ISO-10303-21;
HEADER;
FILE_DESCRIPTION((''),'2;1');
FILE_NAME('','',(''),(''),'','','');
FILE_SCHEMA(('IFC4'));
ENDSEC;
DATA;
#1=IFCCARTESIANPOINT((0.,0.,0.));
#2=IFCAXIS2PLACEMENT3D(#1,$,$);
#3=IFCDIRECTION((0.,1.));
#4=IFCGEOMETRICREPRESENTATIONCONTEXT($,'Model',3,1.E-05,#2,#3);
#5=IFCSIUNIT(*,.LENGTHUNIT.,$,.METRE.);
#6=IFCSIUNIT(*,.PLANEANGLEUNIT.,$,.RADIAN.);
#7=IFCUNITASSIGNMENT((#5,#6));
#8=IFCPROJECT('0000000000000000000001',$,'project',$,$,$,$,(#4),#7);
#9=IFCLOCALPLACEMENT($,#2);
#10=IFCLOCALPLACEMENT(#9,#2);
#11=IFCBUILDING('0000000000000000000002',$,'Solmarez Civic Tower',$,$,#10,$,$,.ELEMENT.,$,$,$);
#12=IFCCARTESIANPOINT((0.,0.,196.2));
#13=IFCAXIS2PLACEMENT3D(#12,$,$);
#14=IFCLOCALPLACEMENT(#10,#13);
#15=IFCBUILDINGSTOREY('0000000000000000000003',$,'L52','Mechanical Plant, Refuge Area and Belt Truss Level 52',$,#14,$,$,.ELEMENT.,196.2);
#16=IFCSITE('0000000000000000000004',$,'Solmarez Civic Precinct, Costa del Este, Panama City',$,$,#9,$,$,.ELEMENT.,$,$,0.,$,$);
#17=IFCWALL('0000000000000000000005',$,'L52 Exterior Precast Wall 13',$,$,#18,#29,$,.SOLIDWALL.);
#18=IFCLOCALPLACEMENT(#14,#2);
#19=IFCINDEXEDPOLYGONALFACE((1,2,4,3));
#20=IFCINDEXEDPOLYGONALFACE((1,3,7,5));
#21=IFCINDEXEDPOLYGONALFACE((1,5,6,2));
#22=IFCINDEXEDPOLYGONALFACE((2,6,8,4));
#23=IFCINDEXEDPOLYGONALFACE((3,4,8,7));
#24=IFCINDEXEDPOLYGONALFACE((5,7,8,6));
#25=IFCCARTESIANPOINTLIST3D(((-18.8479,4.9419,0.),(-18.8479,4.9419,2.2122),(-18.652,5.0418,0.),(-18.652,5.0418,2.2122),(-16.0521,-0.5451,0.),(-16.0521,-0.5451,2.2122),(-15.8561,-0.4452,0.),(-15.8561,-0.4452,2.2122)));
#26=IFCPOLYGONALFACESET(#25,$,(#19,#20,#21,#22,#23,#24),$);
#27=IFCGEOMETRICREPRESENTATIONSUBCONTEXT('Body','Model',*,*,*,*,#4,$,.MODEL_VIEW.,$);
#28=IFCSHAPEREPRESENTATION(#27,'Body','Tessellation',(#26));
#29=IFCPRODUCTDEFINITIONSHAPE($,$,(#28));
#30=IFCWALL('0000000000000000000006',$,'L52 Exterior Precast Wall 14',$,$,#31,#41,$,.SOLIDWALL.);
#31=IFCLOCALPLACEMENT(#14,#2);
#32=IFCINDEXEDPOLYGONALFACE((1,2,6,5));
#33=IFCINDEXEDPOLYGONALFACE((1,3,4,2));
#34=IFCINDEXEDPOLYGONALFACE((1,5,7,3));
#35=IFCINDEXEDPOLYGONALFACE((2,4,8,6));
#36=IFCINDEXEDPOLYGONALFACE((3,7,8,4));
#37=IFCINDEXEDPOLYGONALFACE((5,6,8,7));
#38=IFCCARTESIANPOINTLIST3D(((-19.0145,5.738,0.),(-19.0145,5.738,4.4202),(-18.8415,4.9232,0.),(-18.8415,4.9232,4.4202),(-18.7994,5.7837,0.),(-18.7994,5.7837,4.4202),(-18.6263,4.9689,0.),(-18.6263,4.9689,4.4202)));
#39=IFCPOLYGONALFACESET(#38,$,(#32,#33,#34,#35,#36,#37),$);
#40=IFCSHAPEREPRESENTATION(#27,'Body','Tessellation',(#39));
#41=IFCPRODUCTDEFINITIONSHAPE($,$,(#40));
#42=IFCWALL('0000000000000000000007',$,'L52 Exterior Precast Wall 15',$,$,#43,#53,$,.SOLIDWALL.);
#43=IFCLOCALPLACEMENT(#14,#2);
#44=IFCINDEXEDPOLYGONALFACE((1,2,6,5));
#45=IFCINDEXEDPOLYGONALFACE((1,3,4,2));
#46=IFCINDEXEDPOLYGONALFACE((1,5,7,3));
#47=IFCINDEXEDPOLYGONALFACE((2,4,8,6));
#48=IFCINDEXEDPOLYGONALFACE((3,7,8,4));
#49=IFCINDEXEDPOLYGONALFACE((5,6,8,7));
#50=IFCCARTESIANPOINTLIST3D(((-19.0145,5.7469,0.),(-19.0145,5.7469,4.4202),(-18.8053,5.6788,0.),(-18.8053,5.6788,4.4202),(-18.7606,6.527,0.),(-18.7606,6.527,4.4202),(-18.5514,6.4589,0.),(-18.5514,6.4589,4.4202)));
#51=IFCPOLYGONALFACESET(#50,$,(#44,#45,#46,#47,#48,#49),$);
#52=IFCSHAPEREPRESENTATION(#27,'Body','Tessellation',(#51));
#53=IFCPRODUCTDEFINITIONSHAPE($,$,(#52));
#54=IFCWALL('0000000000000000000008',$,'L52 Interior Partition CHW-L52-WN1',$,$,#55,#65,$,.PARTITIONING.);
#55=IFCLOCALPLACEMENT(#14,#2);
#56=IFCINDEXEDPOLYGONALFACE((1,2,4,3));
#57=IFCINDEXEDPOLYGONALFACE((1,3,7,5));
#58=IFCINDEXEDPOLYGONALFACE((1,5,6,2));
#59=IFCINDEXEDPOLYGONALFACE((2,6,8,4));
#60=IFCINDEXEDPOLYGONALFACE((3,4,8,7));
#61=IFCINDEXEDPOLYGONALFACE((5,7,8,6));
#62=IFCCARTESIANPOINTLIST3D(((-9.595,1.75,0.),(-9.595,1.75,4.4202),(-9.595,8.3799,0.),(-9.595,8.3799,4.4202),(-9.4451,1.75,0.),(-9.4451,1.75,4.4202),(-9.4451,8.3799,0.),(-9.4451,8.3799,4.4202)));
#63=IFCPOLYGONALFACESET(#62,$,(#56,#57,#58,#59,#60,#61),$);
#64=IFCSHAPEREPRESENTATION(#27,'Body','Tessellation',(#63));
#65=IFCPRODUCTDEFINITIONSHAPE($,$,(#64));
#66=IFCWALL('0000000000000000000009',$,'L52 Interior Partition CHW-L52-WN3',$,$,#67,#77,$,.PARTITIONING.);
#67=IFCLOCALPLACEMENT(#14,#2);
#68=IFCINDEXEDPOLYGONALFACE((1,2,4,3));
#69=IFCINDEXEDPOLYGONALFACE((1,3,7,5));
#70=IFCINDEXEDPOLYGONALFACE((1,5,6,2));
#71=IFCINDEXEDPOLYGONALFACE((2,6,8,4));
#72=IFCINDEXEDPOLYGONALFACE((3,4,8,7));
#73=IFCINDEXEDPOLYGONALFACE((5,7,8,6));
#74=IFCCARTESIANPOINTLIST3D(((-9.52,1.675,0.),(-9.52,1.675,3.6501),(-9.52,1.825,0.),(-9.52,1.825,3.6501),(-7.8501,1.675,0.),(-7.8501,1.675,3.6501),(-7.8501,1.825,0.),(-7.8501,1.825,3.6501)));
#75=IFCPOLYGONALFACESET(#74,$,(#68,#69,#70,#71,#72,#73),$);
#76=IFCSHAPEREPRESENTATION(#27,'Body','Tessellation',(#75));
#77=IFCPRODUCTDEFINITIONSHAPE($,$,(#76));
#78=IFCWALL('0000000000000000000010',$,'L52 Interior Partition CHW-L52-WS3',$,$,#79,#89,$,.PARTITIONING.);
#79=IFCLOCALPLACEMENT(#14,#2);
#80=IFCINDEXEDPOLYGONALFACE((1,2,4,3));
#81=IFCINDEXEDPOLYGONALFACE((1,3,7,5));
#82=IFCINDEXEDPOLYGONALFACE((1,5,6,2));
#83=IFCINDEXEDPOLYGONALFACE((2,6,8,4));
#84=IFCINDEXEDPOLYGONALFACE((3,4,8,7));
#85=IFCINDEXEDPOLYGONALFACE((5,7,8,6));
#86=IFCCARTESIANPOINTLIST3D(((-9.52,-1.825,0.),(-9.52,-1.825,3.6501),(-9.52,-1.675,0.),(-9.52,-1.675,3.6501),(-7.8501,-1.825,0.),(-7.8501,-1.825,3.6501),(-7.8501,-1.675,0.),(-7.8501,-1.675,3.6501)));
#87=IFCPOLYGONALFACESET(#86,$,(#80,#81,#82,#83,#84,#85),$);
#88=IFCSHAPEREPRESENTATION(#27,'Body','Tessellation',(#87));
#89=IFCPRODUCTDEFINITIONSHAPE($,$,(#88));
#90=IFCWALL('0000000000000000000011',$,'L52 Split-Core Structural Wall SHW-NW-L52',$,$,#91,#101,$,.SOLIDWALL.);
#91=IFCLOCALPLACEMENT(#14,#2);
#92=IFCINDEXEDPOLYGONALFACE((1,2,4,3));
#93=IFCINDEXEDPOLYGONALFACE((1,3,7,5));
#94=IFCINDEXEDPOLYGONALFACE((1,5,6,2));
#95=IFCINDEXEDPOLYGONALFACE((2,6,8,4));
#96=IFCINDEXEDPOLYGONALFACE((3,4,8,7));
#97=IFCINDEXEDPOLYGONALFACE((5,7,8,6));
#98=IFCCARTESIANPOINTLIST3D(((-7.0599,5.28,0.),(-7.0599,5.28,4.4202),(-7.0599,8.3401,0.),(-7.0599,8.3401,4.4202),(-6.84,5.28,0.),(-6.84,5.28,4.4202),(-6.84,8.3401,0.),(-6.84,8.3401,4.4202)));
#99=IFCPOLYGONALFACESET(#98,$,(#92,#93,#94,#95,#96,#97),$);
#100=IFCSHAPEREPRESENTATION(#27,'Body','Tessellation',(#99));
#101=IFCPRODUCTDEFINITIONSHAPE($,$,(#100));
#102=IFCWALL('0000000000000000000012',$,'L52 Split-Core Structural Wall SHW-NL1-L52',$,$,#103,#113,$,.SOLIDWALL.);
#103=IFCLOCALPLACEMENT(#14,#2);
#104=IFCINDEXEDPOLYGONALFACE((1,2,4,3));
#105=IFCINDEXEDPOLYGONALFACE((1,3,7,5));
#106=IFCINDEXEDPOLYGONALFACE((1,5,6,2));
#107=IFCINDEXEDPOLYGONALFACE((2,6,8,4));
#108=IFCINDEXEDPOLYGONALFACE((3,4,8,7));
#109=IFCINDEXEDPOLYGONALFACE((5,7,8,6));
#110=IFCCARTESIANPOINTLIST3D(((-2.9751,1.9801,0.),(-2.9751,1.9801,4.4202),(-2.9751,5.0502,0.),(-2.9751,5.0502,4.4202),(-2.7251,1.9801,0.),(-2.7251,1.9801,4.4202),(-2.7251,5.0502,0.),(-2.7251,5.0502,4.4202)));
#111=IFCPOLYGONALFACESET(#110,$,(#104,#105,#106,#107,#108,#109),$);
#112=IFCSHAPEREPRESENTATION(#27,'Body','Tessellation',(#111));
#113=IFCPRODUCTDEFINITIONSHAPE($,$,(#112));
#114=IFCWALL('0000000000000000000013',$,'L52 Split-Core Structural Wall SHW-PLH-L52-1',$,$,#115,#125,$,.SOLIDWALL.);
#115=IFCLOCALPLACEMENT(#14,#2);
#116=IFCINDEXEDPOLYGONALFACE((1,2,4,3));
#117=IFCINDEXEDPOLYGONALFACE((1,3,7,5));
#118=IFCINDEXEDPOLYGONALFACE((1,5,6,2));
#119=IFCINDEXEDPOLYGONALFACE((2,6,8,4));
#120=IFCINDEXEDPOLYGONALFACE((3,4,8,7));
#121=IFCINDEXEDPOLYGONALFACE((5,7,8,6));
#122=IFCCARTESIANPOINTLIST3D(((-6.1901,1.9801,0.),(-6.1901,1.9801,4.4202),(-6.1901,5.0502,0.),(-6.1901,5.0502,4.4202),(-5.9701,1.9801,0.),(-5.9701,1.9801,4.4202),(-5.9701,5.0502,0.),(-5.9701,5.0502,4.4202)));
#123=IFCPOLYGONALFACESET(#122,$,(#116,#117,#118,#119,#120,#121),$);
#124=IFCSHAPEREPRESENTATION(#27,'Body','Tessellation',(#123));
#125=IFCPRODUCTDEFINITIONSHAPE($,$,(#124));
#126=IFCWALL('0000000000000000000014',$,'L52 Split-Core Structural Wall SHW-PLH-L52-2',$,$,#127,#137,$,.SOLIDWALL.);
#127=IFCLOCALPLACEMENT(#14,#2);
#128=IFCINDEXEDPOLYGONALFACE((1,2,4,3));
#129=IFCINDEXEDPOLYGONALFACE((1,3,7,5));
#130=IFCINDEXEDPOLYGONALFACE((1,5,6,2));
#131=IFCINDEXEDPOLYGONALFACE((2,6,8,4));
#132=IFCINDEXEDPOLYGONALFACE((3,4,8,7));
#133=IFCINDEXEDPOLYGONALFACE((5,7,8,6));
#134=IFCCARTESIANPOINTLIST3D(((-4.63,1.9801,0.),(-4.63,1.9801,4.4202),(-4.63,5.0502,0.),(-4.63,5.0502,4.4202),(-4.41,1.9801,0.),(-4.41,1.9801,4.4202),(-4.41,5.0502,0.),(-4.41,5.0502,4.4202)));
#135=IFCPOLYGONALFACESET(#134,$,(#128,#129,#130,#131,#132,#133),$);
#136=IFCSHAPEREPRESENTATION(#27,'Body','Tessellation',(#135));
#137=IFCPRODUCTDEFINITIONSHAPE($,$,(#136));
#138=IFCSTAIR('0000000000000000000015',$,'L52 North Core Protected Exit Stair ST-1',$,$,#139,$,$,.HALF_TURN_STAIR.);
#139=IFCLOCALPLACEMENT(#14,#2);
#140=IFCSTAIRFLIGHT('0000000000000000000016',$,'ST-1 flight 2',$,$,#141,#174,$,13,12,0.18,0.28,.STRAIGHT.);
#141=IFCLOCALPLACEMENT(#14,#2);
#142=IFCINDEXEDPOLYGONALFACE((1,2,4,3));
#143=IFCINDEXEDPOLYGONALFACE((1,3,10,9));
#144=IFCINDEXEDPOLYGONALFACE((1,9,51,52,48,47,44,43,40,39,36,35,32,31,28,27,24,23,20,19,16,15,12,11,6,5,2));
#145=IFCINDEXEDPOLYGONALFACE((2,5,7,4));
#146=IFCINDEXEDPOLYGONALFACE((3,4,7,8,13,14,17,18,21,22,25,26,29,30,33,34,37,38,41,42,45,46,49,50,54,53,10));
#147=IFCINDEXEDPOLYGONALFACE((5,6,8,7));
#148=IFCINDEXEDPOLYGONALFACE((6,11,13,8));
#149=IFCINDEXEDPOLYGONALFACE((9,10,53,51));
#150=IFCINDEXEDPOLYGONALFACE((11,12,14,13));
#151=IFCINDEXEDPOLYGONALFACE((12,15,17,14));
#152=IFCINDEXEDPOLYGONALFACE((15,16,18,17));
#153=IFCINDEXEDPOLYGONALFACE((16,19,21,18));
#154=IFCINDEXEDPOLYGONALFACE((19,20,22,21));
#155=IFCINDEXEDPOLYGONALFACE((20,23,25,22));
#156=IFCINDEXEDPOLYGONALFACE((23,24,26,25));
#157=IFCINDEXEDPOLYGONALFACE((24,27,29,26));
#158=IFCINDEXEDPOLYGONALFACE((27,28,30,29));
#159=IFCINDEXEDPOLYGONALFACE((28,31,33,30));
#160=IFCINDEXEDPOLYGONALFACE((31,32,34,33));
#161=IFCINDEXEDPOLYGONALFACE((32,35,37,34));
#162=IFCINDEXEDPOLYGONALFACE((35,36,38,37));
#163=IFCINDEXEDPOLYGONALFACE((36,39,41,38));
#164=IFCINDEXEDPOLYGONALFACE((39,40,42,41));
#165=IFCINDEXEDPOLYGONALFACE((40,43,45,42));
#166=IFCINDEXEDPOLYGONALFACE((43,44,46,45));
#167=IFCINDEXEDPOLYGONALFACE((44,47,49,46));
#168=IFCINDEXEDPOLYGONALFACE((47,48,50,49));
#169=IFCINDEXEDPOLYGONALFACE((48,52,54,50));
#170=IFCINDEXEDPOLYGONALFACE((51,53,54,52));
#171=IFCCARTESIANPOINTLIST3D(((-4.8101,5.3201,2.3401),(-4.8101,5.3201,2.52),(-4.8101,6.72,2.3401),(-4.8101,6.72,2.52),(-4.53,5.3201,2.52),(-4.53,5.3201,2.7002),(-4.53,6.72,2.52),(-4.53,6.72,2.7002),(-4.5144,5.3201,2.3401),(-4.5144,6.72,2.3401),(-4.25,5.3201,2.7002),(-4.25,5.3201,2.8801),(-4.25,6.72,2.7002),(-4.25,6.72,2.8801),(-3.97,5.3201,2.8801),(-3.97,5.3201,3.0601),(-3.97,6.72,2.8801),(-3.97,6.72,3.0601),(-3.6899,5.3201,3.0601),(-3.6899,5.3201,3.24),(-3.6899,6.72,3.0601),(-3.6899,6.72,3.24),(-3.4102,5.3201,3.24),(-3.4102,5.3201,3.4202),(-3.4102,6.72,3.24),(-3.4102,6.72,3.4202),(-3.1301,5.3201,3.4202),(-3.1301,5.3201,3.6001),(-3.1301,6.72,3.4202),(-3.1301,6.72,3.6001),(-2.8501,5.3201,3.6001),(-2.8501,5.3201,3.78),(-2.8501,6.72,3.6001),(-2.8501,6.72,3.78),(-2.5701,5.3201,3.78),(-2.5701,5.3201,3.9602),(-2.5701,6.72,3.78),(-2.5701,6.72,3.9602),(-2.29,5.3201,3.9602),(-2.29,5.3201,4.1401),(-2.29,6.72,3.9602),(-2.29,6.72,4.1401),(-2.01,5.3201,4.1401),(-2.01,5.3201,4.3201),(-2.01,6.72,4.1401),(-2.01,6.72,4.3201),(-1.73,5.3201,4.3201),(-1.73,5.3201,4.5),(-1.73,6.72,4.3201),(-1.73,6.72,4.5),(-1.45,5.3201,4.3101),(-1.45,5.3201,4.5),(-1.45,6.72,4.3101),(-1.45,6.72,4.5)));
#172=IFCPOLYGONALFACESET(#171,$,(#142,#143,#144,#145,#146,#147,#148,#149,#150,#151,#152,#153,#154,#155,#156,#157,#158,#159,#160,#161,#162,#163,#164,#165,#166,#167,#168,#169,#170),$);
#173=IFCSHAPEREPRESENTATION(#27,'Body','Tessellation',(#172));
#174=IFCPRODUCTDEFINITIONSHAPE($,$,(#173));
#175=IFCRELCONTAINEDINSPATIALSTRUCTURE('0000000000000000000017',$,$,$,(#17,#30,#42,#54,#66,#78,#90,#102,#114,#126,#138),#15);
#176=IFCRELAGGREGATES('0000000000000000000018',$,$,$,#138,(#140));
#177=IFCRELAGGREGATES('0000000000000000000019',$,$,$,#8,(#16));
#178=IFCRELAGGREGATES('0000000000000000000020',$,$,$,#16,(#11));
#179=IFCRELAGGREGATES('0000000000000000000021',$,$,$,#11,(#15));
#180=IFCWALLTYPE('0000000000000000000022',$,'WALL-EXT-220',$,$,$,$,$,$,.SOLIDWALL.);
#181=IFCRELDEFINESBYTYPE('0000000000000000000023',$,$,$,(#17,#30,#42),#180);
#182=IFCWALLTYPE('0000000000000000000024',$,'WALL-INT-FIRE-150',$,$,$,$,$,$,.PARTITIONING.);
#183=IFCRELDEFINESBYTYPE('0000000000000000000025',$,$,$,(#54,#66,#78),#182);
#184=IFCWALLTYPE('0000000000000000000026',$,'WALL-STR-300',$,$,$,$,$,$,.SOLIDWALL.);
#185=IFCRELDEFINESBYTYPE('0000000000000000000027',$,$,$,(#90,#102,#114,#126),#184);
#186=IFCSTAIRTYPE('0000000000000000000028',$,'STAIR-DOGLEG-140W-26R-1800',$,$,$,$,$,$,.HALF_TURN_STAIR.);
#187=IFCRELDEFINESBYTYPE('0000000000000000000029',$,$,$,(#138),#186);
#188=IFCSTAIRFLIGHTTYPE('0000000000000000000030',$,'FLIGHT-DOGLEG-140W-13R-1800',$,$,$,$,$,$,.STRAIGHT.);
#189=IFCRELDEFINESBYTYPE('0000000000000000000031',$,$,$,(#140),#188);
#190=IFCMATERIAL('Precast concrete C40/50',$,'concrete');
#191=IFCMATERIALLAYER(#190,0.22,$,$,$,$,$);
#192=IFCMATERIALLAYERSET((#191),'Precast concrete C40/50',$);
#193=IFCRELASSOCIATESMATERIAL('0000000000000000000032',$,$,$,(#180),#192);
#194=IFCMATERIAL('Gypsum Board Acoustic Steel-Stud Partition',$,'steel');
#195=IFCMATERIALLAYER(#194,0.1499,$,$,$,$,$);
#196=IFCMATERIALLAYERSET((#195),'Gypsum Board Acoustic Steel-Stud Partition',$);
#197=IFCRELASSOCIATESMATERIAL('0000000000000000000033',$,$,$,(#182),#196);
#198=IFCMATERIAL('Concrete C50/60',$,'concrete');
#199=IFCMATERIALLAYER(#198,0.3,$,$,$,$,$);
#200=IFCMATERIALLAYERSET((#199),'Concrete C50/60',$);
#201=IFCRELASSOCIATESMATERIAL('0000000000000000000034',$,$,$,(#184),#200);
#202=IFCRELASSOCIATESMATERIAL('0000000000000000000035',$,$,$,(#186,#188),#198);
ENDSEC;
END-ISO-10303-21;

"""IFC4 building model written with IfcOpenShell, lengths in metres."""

from ifc_helpers import new_model, si_unit, direction, frame, frame_2d, origin, place, context, subcontext, project, spatial, polyline, rectangle, outline, extrude, material, layer, layer_set, type_object, element, aggregate, save


model = new_model("IFC4")

# Units and contexts
model_context = context("Model", 3, precision=1e-05, world=origin(), true_north=direction((0.0, 1.0)))
body_context = subcontext(model_context, "Body", "Model", "MODEL_VIEW")
ifc_project = project(units=[si_unit("LENGTHUNIT", "METRE"), si_unit("PLANEANGLEUNIT", "RADIAN")], contexts=[model_context])

# Site, building, storey
site_placement = place(None, origin())
site = spatial("IfcSite", under=ifc_project, at=site_placement, Name="Solmarez Civic Precinct, Costa del Este, Panama City", CompositionType="ELEMENT", RefElevation=0.0)
building_placement = place(site_placement, origin())
building = spatial("IfcBuilding", under=site, at=building_placement, Name="Solmarez Civic Tower", CompositionType="ELEMENT")
storey_placement = place(building_placement, frame((0.0, 0.0, 196.2)))
storey = spatial("IfcBuildingStorey", under=building, at=storey_placement, Name="L52", Description="Mechanical Plant, Refuge Area and Belt Truss Level 52", CompositionType="ELEMENT", Elevation=196.2)

# Shared definitions
ifc_material_1 = material(Name="Concrete C50/60", Category="concrete")

# Walls
ifc_material_2 = material(Name="Precast concrete C40/50", Category="concrete")
ifc_layer_1 = layer(ifc_material_2, 0.22)
ifc_layer_set_1 = layer_set([ifc_layer_1], Name="Precast concrete C40/50")
wall_type_1 = type_object("IfcWallType", Name="WALL-EXT-220", PredefinedType="SOLIDWALL", material=ifc_layer_set_1)
wall_1_placement = place(storey_placement, frame((-15.9541, -0.4951, 0.0), z_axis=(0.0, 0.0, 1.0), x_axis=(-0.454004, 0.891, 0.0)))
element("IfcWall", 1, at=wall_1_placement, inside=storey, type_object=wall_type_1, Name="L52 Exterior Precast Wall 13", PredefinedType="SOLIDWALL", context=body_context, shape_type="SweptSolid", body=[
    extrude(rectangle(XDim=6.1582, YDim=0.22, at=frame_2d((3.0791, 0.0))), origin(), (0.0, 0.0, 1.0), 2.2122),
])
wall_2_placement = place(storey_placement, frame((-18.7339, 4.946, 0.0), z_axis=(0.0, 0.0, 1.0), x_axis=(-0.207768, 0.978178, 0.0)))
element("IfcWall", 2, at=wall_2_placement, inside=storey, type_object=wall_type_1, Name="L52 Exterior Precast Wall 14", PredefinedType="SOLIDWALL", context=body_context, shape_type="SweptSolid", body=[
    extrude(rectangle(XDim=0.833, YDim=0.22, at=frame_2d((0.4165, 0.0))), origin(), (0.0, 0.0, 1.0), 4.4202),
])
wall_3_placement = place(storey_placement, frame((-18.9099, 5.7129, 0.0), z_axis=(0.0, 0.0, 1.0), x_axis=(0.309523, 0.950892, 0.0)))
element("IfcWall", 3, at=wall_3_placement, inside=storey, type_object=wall_type_1, Name="L52 Exterior Precast Wall 15", PredefinedType="SOLIDWALL", context=body_context, shape_type="SweptSolid", body=[
    extrude(rectangle(XDim=0.8203, YDim=0.22, at=frame_2d((0.4102, 0.0))), origin(), (0.0, 0.0, 1.0), 4.4202),
])
ifc_material_3 = material(Name="Gypsum Board Acoustic Steel-Stud Partition", Category="steel")
ifc_layer_2 = layer(ifc_material_3, 0.1499)
ifc_layer_set_2 = layer_set([ifc_layer_2], Name="Gypsum Board Acoustic Steel-Stud Partition")
wall_type_2 = type_object("IfcWallType", Name="WALL-INT-FIRE-150", PredefinedType="PARTITIONING", material=ifc_layer_set_2)
wall_4_placement = place(storey_placement, frame((-9.52, 1.75, 0.0), z_axis=(0.0, 0.0, 1.0), x_axis=(0.0, 1.0, 0.0)))
element("IfcWall", 4, at=wall_4_placement, inside=storey, type_object=wall_type_2, Name="L52 Interior Partition CHW-L52-WN1", PredefinedType="PARTITIONING", context=body_context, shape_type="SweptSolid", body=[
    extrude(rectangle(XDim=6.6299, YDim=0.1499, at=frame_2d((3.3149, 0.0))), origin(), (0.0, 0.0, 1.0), 4.4202),
])
for number, where, z_axis, x_axis, name in (
    (5, (-7.8501, 1.75, 0.0), (0.0, 0.0, 1.0), (-1.0, 0.0, 0.0), "L52 Interior Partition CHW-L52-WN3"),
    (6, (-7.8501, -1.75, 0.0), (0.0, 0.0, 1.0), (-1.0, 0.0, 0.0), "L52 Interior Partition CHW-L52-WS3"),
):
    element("IfcWall", number, at=place(storey_placement, frame(where, z_axis=z_axis, x_axis=x_axis)), inside=storey, type_object=wall_type_2, Name=name, PredefinedType="PARTITIONING", context=body_context, shape_type="SweptSolid", body=[
        extrude(rectangle(XDim=1.6699, YDim=0.1499, at=frame_2d((0.835, 0.0))), origin(), (0.0, 0.0, 1.0), 3.6501),
    ])
ifc_layer_3 = layer(ifc_material_1, 0.3)
ifc_layer_set_3 = layer_set([ifc_layer_3], Name="Concrete C50/60")
wall_type_3 = type_object("IfcWallType", Name="WALL-STR-300", PredefinedType="SOLIDWALL", material=ifc_layer_set_3)
wall_5_placement = place(storey_placement, frame((-6.95, 5.28, 0.0), z_axis=(0.0, 0.0, 1.0), x_axis=(0.0, 1.0, 0.0)))
element("IfcWall", 7, at=wall_5_placement, inside=storey, type_object=wall_type_3, Name="L52 Split-Core Structural Wall SHW-NW-L52", PredefinedType="SOLIDWALL", context=body_context, shape_type="SweptSolid", body=[
    extrude(rectangle(XDim=3.0601, YDim=0.22, at=frame_2d((1.53, 0.0))), origin(), (0.0, 0.0, 1.0), 4.4202),
])
wall_6_placement = place(storey_placement, frame((-2.8501, 1.98, 0.0), z_axis=(0.0, 0.0, 1.0), x_axis=(0.0, 1.0, 0.0)))
element("IfcWall", 8, at=wall_6_placement, inside=storey, type_object=wall_type_3, Name="L52 Split-Core Structural Wall SHW-NL1-L52", PredefinedType="SOLIDWALL", context=body_context, shape_type="SweptSolid", body=[
    extrude(rectangle(XDim=3.0701, YDim=0.25, at=frame_2d((1.5352, 0.0))), origin(), (0.0, 0.0, 1.0), 4.4202),
])
for number, where, z_axis, x_axis, name in (
    (9, (-6.0801, 1.98, 0.0), (0.0, 0.0, 1.0), (0.0, 1.0, 0.0), "L52 Split-Core Structural Wall SHW-PLH-L52-1"),
    (10, (-4.52, 1.98, 0.0), (0.0, 0.0, 1.0), (0.0, 1.0, 0.0), "L52 Split-Core Structural Wall SHW-PLH-L52-2"),
):
    element("IfcWall", number, at=place(storey_placement, frame(where, z_axis=z_axis, x_axis=x_axis)), inside=storey, type_object=wall_type_3, Name=name, PredefinedType="SOLIDWALL", context=body_context, shape_type="SweptSolid", body=[
        extrude(rectangle(XDim=3.0701, YDim=0.22, at=frame_2d((1.5352, 0.0))), origin(), (0.0, 0.0, 1.0), 4.4202),
    ])

# Stair, stair flight
stair_type = type_object("IfcStairType", Name="STAIR-DOGLEG-140W-26R-1800", PredefinedType="HALF_TURN_STAIR", material=ifc_material_1)
stair_placement = place(storey_placement, origin())
stair = element("IfcStair", 11, at=stair_placement, inside=storey, type_object=stair_type, Name="L52 North Core Protected Exit Stair ST-1", PredefinedType="HALF_TURN_STAIR")
stair_flight_type = type_object("IfcStairFlightType", Name="FLIGHT-DOGLEG-140W-13R-1800", PredefinedType="STRAIGHT", material=ifc_material_1)
stair_flight_placement = place(storey_placement, frame((-4.8101, 6.02, 2.3401), z_axis=(0.0, 0.0, 1.0), x_axis=(1.0, 0.0, 0.0)))
stair_flight = element("IfcStairFlight", 12, at=stair_flight_placement, type_object=stair_flight_type, Name="ST-1 flight 2", NumberOfRisers=13, NumberOfTreads=12, PredefinedType="STRAIGHT", RiserHeight=0.18, TreadLength=0.28, context=body_context, shape_type="SweptSolid", body=[
    extrude(outline(polyline([(0.0, 0.0), (0.0, 0.1799), (0.28, 0.1799), (0.28, 0.3601), (0.5601, 0.3601), (0.5601, 0.54), (0.8401, 0.54), (0.8401, 0.72), (1.1201, 0.72), (1.1201, 0.8999), (1.3999, 0.8999), (1.3999, 1.0801), (1.6799, 1.0801), (1.6799, 1.26), (1.96, 1.26), (1.96, 1.4399), (2.24, 1.4399), (2.24, 1.6201), (2.52, 1.6201), (2.52, 1.8), (2.8, 1.8), (2.8, 1.98), (3.0801, 1.98), (3.0801, 2.1599), (3.3601, 2.1599), (3.3601, 2.3401), (3.3601, 1.97), (0.2957, 0.0), (0.0, 0.0)])), frame((0.0, 0.7, 0.0), z_axis=(0.0, -1.0, 0.0), x_axis=(1.0, 0.0, 0.0)), (0.0, 0.0, 1.0), 1.3999),
])
aggregate(stair, [stair_flight])

save(model, "model.ifc")
